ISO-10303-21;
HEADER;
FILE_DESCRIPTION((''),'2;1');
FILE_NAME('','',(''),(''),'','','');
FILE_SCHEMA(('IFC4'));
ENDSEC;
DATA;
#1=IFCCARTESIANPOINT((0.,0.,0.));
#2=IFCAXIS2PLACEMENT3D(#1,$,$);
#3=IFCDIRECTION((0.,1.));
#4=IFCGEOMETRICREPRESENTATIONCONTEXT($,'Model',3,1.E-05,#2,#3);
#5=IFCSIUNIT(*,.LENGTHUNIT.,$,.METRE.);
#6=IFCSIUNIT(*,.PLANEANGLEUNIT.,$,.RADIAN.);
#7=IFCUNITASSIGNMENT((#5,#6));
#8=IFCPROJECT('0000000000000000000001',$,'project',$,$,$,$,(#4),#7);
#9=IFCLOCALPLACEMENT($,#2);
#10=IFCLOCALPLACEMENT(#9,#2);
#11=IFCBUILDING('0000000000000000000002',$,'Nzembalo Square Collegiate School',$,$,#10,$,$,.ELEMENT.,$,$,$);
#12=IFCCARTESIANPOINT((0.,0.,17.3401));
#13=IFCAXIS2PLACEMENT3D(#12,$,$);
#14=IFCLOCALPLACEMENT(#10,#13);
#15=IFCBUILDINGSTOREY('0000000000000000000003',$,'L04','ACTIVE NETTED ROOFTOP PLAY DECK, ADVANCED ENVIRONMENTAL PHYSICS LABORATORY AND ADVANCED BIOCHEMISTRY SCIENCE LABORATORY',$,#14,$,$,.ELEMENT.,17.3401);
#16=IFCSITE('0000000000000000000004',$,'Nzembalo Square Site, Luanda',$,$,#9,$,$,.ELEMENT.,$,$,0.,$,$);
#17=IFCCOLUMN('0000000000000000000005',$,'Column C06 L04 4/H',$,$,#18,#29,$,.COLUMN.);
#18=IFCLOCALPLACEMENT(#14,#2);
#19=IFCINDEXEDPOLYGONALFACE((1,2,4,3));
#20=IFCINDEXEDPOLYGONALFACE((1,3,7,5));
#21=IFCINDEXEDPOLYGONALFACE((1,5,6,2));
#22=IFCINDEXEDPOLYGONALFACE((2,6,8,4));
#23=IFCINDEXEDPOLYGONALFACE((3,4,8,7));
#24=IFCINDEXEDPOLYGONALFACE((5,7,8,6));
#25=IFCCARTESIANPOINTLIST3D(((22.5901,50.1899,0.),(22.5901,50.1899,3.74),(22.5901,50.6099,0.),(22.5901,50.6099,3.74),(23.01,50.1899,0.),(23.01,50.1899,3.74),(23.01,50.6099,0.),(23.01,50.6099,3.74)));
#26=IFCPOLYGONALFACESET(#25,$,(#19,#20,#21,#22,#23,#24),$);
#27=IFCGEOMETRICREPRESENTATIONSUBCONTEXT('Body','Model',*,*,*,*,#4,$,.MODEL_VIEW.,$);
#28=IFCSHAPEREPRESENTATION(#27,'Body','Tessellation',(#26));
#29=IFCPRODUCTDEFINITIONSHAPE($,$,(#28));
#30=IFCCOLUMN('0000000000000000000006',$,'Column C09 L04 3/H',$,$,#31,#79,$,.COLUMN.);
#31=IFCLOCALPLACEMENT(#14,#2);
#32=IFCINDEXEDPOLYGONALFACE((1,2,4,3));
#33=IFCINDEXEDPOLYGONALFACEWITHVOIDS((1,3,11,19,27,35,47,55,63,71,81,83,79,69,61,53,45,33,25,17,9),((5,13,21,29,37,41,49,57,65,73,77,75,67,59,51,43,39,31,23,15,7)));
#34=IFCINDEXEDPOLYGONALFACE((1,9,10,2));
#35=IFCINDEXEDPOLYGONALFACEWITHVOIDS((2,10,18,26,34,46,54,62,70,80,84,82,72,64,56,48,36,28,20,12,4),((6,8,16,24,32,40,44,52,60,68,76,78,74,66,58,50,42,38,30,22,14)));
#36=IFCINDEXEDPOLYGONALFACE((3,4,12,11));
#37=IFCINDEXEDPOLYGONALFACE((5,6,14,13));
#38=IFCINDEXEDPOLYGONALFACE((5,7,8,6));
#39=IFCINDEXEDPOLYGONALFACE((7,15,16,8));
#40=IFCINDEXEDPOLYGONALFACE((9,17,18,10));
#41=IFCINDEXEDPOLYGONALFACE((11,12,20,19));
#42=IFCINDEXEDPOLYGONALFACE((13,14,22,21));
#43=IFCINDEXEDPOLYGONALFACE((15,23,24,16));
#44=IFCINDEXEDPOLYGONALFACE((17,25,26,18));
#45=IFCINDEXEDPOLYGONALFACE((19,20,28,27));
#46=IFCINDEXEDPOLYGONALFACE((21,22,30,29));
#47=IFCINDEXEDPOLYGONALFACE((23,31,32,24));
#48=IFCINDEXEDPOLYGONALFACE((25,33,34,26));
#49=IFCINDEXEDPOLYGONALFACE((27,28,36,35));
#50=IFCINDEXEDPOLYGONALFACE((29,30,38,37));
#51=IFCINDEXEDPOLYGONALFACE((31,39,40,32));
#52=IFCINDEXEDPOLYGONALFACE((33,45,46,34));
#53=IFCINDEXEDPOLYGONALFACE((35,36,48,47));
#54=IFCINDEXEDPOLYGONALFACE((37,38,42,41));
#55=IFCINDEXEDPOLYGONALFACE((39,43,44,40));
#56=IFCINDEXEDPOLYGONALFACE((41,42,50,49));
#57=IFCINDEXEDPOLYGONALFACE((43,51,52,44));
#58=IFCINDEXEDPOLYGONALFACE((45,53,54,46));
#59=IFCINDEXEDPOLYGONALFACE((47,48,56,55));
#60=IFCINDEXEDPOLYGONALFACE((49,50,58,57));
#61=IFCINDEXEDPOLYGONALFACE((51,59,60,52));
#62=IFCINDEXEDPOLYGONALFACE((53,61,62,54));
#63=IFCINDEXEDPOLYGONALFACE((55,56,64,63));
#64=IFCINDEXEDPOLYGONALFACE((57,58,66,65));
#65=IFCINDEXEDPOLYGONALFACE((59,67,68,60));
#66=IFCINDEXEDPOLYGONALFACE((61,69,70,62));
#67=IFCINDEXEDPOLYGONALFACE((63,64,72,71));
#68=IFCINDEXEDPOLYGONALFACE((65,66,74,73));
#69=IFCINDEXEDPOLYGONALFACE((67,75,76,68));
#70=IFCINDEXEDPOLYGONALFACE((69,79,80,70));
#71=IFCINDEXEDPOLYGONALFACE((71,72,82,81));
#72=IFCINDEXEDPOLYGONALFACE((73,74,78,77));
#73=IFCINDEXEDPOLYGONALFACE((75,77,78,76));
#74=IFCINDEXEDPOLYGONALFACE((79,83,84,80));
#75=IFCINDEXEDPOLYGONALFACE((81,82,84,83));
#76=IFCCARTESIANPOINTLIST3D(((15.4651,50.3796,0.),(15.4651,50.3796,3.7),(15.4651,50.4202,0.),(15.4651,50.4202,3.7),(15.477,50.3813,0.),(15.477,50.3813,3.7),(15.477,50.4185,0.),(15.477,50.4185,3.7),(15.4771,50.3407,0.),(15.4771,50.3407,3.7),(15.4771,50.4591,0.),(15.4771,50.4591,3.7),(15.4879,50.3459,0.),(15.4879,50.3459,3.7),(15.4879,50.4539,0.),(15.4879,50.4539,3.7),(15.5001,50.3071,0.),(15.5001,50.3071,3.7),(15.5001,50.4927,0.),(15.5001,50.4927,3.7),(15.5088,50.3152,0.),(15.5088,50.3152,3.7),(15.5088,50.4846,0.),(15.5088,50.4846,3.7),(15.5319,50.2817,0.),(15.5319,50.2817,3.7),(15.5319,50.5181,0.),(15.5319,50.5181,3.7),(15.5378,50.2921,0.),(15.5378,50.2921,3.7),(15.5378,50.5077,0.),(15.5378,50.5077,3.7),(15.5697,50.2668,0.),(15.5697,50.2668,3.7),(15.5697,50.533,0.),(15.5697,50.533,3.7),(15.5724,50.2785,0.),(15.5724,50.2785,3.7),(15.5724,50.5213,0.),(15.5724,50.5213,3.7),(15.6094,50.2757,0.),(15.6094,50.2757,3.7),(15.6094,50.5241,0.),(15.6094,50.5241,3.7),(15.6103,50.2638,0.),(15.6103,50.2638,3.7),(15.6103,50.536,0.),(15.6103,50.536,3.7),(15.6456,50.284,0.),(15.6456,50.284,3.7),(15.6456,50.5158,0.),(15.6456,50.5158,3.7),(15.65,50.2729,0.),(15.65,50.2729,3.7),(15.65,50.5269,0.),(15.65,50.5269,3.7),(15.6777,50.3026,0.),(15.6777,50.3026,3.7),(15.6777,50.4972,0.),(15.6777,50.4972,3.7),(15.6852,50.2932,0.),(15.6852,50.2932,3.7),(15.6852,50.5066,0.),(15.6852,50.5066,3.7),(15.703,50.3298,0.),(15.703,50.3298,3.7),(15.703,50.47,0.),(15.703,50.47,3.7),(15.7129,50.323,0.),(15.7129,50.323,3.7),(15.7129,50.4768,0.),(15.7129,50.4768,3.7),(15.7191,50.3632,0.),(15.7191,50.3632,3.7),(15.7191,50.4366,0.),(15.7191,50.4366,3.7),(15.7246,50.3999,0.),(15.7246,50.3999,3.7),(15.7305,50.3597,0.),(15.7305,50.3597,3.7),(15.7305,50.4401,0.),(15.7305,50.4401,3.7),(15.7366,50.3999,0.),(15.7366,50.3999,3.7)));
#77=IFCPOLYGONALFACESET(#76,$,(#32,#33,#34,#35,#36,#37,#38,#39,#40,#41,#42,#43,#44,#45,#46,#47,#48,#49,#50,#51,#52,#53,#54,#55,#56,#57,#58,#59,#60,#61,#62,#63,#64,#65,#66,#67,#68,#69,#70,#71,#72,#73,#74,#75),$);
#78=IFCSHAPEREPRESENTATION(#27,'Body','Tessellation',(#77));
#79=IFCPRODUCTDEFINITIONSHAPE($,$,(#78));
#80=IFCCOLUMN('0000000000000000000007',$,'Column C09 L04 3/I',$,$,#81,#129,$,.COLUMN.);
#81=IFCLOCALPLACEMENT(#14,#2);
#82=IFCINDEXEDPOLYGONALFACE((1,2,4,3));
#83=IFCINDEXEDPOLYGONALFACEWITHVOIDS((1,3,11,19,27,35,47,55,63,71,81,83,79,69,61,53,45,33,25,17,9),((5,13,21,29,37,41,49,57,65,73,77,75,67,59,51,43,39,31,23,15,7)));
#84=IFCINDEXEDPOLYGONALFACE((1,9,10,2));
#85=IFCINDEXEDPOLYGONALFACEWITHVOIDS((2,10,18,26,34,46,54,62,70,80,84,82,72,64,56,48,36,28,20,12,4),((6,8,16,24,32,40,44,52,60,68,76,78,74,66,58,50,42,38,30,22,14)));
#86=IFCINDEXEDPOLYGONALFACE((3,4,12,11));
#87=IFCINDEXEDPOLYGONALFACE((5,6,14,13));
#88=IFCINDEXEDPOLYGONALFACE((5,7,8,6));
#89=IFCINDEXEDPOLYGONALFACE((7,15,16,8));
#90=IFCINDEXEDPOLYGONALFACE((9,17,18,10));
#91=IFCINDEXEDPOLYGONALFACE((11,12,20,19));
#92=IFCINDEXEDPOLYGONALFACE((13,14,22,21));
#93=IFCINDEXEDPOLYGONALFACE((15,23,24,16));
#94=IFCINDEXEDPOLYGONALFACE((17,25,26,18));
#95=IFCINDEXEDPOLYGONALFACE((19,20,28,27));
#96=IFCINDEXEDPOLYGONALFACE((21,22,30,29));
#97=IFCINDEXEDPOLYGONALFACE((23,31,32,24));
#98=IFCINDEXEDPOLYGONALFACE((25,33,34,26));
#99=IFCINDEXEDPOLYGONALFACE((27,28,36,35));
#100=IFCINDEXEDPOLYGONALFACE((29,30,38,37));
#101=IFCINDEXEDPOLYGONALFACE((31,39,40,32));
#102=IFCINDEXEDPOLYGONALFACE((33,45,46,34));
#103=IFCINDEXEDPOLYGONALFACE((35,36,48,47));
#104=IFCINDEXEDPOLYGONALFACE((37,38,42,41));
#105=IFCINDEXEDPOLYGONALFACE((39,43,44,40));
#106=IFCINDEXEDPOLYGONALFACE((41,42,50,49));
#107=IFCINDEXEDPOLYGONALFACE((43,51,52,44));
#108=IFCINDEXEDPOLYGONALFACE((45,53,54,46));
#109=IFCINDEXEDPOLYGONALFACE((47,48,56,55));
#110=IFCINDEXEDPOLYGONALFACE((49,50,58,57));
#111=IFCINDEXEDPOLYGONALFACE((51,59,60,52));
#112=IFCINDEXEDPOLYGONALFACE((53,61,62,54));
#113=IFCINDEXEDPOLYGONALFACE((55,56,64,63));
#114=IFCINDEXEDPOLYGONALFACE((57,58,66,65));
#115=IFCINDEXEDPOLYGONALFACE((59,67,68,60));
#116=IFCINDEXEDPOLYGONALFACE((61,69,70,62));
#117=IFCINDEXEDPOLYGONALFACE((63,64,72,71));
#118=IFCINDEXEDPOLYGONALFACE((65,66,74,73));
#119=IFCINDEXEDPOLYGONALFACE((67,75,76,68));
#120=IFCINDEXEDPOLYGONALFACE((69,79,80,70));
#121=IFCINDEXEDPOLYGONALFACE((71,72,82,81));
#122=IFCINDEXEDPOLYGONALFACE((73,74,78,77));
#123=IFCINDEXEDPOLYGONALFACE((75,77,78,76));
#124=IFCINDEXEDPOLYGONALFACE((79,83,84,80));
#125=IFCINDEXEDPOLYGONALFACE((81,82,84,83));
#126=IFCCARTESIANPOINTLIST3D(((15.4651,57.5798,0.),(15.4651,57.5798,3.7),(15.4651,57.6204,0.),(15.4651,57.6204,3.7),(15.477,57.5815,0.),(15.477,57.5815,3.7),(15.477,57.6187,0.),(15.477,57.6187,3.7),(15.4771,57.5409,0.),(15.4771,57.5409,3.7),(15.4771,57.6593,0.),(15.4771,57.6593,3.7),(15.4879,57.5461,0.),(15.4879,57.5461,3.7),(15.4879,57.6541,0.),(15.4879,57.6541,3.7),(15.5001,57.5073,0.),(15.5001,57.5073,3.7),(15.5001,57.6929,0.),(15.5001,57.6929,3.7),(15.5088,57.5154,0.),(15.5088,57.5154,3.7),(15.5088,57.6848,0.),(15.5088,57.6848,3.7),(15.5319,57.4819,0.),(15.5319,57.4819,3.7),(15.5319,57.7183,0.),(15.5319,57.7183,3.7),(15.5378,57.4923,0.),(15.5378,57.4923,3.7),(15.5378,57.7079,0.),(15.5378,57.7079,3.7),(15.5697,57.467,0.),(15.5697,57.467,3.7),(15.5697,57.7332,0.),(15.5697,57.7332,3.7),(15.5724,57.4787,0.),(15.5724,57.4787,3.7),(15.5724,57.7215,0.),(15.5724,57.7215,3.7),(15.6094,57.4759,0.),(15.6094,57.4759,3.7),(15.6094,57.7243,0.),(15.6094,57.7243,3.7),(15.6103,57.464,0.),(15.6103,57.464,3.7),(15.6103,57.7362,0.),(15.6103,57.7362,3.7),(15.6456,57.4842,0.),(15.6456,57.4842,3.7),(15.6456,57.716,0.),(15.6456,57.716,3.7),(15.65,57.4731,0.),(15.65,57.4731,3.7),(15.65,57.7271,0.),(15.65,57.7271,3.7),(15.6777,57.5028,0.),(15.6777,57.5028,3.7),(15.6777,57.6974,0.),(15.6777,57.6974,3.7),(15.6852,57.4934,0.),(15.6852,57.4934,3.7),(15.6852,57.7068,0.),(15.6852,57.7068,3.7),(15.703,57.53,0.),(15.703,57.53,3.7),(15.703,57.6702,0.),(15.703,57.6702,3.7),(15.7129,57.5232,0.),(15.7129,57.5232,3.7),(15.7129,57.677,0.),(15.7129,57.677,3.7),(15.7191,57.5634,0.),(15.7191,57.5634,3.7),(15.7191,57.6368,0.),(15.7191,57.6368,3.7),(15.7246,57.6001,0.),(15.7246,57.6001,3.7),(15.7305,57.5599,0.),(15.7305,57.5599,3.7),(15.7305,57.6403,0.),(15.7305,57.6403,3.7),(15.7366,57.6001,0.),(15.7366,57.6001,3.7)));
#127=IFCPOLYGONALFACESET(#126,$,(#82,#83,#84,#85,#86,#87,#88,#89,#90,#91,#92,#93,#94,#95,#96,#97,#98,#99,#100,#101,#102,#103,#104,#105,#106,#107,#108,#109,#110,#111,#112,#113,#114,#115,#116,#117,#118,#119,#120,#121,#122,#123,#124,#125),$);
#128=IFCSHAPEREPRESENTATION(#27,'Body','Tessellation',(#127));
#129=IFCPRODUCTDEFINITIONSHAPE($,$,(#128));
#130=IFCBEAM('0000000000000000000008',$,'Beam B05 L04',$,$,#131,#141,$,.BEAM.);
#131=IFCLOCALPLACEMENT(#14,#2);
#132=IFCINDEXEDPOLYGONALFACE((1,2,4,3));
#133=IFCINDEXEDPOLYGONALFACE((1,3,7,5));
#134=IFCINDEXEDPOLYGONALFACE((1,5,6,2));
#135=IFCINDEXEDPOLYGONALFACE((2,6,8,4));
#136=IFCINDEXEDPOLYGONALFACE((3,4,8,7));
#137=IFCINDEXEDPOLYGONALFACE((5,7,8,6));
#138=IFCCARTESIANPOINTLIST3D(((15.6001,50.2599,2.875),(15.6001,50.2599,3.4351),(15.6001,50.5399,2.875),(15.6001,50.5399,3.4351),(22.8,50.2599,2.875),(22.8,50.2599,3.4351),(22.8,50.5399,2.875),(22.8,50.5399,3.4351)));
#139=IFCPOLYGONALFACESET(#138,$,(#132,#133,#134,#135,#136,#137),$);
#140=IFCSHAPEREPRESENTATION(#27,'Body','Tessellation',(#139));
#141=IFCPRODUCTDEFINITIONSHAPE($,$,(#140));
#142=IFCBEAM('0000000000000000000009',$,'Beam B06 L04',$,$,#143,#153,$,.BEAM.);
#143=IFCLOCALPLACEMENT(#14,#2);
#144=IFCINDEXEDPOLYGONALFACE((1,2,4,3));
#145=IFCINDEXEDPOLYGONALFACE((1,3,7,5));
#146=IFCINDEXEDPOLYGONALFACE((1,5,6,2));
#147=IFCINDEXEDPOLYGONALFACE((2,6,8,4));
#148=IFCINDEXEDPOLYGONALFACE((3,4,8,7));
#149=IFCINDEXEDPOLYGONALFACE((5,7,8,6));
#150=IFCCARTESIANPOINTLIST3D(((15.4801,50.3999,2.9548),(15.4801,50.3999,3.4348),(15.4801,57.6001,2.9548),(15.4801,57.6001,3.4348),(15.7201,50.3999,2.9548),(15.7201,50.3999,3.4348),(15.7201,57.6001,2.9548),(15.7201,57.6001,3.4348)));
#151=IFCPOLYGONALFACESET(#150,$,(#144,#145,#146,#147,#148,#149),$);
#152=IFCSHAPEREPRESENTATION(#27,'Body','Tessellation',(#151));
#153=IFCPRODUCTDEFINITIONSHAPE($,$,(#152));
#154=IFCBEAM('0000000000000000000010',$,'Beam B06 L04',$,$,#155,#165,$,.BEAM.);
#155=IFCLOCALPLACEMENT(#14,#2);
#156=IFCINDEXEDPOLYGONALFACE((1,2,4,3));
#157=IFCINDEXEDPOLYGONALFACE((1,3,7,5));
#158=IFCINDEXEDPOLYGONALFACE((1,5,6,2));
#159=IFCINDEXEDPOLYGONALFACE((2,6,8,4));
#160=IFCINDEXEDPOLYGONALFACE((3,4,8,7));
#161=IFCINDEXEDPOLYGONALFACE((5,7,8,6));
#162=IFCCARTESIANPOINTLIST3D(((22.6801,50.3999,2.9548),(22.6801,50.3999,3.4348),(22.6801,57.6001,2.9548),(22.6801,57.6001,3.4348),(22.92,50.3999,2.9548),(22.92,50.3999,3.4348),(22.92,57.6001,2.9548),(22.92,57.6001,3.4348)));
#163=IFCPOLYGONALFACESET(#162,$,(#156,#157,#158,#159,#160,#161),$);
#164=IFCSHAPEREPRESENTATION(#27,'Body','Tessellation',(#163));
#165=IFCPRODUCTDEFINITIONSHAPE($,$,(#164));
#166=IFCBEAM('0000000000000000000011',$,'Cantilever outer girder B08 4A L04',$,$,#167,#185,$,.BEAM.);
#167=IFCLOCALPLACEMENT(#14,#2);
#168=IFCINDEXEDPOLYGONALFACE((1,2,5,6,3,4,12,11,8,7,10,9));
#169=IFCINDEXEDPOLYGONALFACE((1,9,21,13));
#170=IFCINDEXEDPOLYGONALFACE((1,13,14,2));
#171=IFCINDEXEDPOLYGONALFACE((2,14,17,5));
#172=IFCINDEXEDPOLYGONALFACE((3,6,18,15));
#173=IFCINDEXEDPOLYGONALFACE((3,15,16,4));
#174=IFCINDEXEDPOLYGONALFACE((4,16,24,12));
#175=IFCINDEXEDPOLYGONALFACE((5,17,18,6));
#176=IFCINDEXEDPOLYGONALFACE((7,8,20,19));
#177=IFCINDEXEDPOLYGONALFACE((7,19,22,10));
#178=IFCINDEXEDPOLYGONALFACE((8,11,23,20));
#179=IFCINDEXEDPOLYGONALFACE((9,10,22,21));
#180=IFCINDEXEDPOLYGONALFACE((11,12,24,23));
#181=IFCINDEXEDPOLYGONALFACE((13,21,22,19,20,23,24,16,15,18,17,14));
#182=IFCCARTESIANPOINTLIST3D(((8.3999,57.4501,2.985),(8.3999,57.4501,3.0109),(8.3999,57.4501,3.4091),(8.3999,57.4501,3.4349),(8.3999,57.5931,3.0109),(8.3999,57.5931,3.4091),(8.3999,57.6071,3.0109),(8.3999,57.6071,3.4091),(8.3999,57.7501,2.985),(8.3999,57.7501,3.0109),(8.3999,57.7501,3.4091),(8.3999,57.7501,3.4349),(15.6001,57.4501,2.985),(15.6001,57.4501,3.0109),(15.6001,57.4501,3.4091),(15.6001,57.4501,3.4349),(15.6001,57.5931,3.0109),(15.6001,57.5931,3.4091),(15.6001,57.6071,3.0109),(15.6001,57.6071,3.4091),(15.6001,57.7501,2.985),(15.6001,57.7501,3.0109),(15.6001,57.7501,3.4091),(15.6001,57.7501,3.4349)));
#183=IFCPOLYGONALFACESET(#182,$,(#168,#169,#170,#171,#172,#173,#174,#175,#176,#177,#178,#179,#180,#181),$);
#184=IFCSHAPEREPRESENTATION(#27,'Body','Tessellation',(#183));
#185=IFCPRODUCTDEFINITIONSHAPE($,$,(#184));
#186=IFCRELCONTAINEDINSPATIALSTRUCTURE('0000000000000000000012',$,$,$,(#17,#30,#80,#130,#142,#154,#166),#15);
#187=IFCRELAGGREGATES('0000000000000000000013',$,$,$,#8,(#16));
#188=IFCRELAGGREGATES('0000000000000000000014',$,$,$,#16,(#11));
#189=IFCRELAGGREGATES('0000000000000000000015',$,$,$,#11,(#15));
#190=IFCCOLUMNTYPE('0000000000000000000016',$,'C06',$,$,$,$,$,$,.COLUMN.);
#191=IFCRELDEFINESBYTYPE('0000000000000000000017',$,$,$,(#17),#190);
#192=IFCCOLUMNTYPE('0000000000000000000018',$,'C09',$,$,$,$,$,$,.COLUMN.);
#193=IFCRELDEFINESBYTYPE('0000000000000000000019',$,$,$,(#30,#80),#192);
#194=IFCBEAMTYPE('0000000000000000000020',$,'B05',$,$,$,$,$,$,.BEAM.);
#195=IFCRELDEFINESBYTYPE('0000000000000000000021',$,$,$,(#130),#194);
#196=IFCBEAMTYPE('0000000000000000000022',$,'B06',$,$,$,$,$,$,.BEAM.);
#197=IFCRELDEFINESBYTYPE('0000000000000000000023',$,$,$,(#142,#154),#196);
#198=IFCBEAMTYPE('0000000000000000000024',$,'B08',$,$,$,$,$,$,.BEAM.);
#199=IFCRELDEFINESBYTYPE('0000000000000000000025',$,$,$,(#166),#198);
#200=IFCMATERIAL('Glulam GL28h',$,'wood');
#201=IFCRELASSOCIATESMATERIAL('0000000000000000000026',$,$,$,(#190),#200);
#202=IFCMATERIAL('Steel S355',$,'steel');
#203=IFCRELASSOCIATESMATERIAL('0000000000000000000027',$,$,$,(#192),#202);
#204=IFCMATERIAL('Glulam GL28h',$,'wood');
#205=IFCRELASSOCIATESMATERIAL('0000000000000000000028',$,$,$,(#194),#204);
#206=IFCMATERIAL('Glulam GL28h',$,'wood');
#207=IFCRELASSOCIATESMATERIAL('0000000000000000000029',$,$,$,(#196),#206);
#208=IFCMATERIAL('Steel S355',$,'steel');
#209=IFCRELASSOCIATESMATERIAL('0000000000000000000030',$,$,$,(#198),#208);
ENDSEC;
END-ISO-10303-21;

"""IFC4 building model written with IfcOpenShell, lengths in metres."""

from ifc_helpers import new_model, si_unit, direction, frame, origin, origin_2d, place, context, subcontext, project, spatial, rectangle, hollow_circle, i_section, extrude, material, material_profile, profile_set, type_object, element, save


model = new_model("IFC4")

# Units and contexts
model_context = context("Model", 3, precision=1e-05, world=origin(), true_north=direction((0.0, 1.0)))
body_context = subcontext(model_context, "Body", "Model", "MODEL_VIEW")
ifc_project = project(units=[si_unit("LENGTHUNIT", "METRE"), si_unit("PLANEANGLEUNIT", "RADIAN")], contexts=[model_context])

# Site, building, storey
site_placement = place(None, origin())
site = spatial("IfcSite", under=ifc_project, at=site_placement, Name="Nzembalo Square Site, Luanda", CompositionType="ELEMENT", RefElevation=0.0)
building_placement = place(site_placement, origin())
building = spatial("IfcBuilding", under=site, at=building_placement, Name="Nzembalo Square Collegiate School", CompositionType="ELEMENT")
storey_placement = place(building_placement, frame((0.0, 0.0, 17.3401)))
storey = spatial("IfcBuildingStorey", under=building, at=storey_placement, Name="L04", Description="ACTIVE NETTED ROOFTOP PLAY DECK, ADVANCED ENVIRONMENTAL PHYSICS LABORATORY AND ADVANCED BIOCHEMISTRY SCIENCE LABORATORY", CompositionType="ELEMENT", Elevation=17.3401)

# Columns
ifc_material_1 = material(Name="Glulam GL28h", Category="wood")
ifc_material_profile_1 = material_profile(ifc_material_1, rectangle(XDim=0.4199, YDim=0.4199, at=origin_2d()), Name="GL28h 420x420")
ifc_profile_set_1 = profile_set([ifc_material_profile_1], Name="Glulam GL28h")
column_type_1 = type_object("IfcColumnType", Name="C06", PredefinedType="COLUMN", material=ifc_profile_set_1)
column_placement = place(storey_placement, frame((22.8, 50.3999, 0.0), z_axis=(0.0, 0.0, 1.0), x_axis=(1.0, 0.0, 0.0)))
element("IfcColumn", 1, at=column_placement, inside=storey, type_object=column_type_1, Name="Column C06 L04 4/H", PredefinedType="COLUMN", context=body_context, shape_type="SweptSolid", body=[
    extrude(rectangle(XDim=0.4199, YDim=0.4199, at=origin_2d()), origin(), (0.0, 0.0, 1.0), 3.74),
])
ifc_material_2 = material(Name="Steel S355", Category="steel")
ifc_material_profile_2 = material_profile(ifc_material_2, hollow_circle(Radius=0.1365, WallThickness=0.012, at=origin_2d()), Name="CHS 273x12")
ifc_profile_set_2 = profile_set([ifc_material_profile_2], Name="Steel S355")
column_type_2 = type_object("IfcColumnType", Name="C09", PredefinedType="COLUMN", material=ifc_profile_set_2)
for number, where, z_axis, x_axis, name in (
    (2, (15.6001, 50.3999, 0.0), (0.0, 0.0, 1.0), (1.0, 0.0, 0.0), "Column C09 L04 3/H"),
    (3, (15.6001, 57.6001, 0.0), (0.0, 0.0, 1.0), (1.0, 0.0, 0.0), "Column C09 L04 3/I"),
):
    element("IfcColumn", number, at=place(storey_placement, frame(where, z_axis=z_axis, x_axis=x_axis)), inside=storey, type_object=column_type_2, Name=name, PredefinedType="COLUMN", context=body_context, shape_type="SweptSolid", body=[
        extrude(hollow_circle(Radius=0.1365, WallThickness=0.012, at=origin_2d()), origin(), (0.0, 0.0, 1.0), 3.7),
    ])

# Beams
ifc_material_3 = material(Name="Glulam GL28h", Category="wood")
ifc_material_profile_3 = material_profile(ifc_material_3, rectangle(XDim=0.28, YDim=0.5601, at=origin_2d()), Name="GL28h 280x560")
ifc_profile_set_3 = profile_set([ifc_material_profile_3], Name="Glulam GL28h")
beam_type_1 = type_object("IfcBeamType", Name="B05", PredefinedType="BEAM", material=ifc_profile_set_3)
beam_1_placement = place(storey_placement, frame((15.6001, 50.3999, 3.155), z_axis=(1.0, 0.0, 0.0), x_axis=(0.0, 1.0, 0.0)))
element("IfcBeam", 4, at=beam_1_placement, inside=storey, type_object=beam_type_1, Name="Beam B05 L04", PredefinedType="BEAM", context=body_context, shape_type="SweptSolid", body=[
    extrude(rectangle(XDim=0.28, YDim=0.5601, at=origin_2d()), origin(), (0.0, 0.0, 1.0), 7.2),
])
ifc_material_4 = material(Name="Glulam GL28h", Category="wood")
ifc_material_profile_4 = material_profile(ifc_material_4, rectangle(XDim=0.24, YDim=0.48, at=origin_2d()), Name="GL28h 240x480")
ifc_profile_set_4 = profile_set([ifc_material_profile_4], Name="Glulam GL28h")
beam_type_2 = type_object("IfcBeamType", Name="B06", PredefinedType="BEAM", material=ifc_profile_set_4)
for number, where, z_axis, x_axis, name in (
    (5, (15.6001, 50.3999, 3.1948), (0.0, 1.0, 0.0), (-1.0, 0.0, 0.0), "Beam B06 L04"),
    (6, (22.8, 50.3999, 3.1948), (0.0, 1.0, 0.0), (-1.0, 0.0, 0.0), "Beam B06 L04"),
):
    element("IfcBeam", number, at=place(storey_placement, frame(where, z_axis=z_axis, x_axis=x_axis)), inside=storey, type_object=beam_type_2, Name=name, PredefinedType="BEAM", context=body_context, shape_type="SweptSolid", body=[
        extrude(rectangle(XDim=0.24, YDim=0.48, at=origin_2d()), origin(), (0.0, 0.0, 1.0), 7.2002),
    ])
ifc_material_5 = material(Name="Steel S355", Category="steel")
ifc_material_profile_5 = material_profile(ifc_material_5, i_section(OverallWidth=0.3, OverallDepth=0.45, WebThickness=0.0139, FlangeThickness=0.0259, at=origin_2d()), Name="HEB 450")
ifc_profile_set_5 = profile_set([ifc_material_profile_5], Name="Steel S355")
beam_type_3 = type_object("IfcBeamType", Name="B08", PredefinedType="BEAM", material=ifc_profile_set_5)
beam_2_placement = place(storey_placement, frame((8.3999, 57.6001, 3.21), z_axis=(1.0, 0.0, 0.0), x_axis=(0.0, 1.0, 0.0)))
element("IfcBeam", 7, at=beam_2_placement, inside=storey, type_object=beam_type_3, Name="Cantilever outer girder B08 4A L04", PredefinedType="BEAM", context=body_context, shape_type="SweptSolid", body=[
    extrude(i_section(OverallWidth=0.3, OverallDepth=0.45, WebThickness=0.0139, FlangeThickness=0.0259, at=origin_2d()), origin(), (0.0, 0.0, 1.0), 7.2002),
])

save(model, "model.ifc")
